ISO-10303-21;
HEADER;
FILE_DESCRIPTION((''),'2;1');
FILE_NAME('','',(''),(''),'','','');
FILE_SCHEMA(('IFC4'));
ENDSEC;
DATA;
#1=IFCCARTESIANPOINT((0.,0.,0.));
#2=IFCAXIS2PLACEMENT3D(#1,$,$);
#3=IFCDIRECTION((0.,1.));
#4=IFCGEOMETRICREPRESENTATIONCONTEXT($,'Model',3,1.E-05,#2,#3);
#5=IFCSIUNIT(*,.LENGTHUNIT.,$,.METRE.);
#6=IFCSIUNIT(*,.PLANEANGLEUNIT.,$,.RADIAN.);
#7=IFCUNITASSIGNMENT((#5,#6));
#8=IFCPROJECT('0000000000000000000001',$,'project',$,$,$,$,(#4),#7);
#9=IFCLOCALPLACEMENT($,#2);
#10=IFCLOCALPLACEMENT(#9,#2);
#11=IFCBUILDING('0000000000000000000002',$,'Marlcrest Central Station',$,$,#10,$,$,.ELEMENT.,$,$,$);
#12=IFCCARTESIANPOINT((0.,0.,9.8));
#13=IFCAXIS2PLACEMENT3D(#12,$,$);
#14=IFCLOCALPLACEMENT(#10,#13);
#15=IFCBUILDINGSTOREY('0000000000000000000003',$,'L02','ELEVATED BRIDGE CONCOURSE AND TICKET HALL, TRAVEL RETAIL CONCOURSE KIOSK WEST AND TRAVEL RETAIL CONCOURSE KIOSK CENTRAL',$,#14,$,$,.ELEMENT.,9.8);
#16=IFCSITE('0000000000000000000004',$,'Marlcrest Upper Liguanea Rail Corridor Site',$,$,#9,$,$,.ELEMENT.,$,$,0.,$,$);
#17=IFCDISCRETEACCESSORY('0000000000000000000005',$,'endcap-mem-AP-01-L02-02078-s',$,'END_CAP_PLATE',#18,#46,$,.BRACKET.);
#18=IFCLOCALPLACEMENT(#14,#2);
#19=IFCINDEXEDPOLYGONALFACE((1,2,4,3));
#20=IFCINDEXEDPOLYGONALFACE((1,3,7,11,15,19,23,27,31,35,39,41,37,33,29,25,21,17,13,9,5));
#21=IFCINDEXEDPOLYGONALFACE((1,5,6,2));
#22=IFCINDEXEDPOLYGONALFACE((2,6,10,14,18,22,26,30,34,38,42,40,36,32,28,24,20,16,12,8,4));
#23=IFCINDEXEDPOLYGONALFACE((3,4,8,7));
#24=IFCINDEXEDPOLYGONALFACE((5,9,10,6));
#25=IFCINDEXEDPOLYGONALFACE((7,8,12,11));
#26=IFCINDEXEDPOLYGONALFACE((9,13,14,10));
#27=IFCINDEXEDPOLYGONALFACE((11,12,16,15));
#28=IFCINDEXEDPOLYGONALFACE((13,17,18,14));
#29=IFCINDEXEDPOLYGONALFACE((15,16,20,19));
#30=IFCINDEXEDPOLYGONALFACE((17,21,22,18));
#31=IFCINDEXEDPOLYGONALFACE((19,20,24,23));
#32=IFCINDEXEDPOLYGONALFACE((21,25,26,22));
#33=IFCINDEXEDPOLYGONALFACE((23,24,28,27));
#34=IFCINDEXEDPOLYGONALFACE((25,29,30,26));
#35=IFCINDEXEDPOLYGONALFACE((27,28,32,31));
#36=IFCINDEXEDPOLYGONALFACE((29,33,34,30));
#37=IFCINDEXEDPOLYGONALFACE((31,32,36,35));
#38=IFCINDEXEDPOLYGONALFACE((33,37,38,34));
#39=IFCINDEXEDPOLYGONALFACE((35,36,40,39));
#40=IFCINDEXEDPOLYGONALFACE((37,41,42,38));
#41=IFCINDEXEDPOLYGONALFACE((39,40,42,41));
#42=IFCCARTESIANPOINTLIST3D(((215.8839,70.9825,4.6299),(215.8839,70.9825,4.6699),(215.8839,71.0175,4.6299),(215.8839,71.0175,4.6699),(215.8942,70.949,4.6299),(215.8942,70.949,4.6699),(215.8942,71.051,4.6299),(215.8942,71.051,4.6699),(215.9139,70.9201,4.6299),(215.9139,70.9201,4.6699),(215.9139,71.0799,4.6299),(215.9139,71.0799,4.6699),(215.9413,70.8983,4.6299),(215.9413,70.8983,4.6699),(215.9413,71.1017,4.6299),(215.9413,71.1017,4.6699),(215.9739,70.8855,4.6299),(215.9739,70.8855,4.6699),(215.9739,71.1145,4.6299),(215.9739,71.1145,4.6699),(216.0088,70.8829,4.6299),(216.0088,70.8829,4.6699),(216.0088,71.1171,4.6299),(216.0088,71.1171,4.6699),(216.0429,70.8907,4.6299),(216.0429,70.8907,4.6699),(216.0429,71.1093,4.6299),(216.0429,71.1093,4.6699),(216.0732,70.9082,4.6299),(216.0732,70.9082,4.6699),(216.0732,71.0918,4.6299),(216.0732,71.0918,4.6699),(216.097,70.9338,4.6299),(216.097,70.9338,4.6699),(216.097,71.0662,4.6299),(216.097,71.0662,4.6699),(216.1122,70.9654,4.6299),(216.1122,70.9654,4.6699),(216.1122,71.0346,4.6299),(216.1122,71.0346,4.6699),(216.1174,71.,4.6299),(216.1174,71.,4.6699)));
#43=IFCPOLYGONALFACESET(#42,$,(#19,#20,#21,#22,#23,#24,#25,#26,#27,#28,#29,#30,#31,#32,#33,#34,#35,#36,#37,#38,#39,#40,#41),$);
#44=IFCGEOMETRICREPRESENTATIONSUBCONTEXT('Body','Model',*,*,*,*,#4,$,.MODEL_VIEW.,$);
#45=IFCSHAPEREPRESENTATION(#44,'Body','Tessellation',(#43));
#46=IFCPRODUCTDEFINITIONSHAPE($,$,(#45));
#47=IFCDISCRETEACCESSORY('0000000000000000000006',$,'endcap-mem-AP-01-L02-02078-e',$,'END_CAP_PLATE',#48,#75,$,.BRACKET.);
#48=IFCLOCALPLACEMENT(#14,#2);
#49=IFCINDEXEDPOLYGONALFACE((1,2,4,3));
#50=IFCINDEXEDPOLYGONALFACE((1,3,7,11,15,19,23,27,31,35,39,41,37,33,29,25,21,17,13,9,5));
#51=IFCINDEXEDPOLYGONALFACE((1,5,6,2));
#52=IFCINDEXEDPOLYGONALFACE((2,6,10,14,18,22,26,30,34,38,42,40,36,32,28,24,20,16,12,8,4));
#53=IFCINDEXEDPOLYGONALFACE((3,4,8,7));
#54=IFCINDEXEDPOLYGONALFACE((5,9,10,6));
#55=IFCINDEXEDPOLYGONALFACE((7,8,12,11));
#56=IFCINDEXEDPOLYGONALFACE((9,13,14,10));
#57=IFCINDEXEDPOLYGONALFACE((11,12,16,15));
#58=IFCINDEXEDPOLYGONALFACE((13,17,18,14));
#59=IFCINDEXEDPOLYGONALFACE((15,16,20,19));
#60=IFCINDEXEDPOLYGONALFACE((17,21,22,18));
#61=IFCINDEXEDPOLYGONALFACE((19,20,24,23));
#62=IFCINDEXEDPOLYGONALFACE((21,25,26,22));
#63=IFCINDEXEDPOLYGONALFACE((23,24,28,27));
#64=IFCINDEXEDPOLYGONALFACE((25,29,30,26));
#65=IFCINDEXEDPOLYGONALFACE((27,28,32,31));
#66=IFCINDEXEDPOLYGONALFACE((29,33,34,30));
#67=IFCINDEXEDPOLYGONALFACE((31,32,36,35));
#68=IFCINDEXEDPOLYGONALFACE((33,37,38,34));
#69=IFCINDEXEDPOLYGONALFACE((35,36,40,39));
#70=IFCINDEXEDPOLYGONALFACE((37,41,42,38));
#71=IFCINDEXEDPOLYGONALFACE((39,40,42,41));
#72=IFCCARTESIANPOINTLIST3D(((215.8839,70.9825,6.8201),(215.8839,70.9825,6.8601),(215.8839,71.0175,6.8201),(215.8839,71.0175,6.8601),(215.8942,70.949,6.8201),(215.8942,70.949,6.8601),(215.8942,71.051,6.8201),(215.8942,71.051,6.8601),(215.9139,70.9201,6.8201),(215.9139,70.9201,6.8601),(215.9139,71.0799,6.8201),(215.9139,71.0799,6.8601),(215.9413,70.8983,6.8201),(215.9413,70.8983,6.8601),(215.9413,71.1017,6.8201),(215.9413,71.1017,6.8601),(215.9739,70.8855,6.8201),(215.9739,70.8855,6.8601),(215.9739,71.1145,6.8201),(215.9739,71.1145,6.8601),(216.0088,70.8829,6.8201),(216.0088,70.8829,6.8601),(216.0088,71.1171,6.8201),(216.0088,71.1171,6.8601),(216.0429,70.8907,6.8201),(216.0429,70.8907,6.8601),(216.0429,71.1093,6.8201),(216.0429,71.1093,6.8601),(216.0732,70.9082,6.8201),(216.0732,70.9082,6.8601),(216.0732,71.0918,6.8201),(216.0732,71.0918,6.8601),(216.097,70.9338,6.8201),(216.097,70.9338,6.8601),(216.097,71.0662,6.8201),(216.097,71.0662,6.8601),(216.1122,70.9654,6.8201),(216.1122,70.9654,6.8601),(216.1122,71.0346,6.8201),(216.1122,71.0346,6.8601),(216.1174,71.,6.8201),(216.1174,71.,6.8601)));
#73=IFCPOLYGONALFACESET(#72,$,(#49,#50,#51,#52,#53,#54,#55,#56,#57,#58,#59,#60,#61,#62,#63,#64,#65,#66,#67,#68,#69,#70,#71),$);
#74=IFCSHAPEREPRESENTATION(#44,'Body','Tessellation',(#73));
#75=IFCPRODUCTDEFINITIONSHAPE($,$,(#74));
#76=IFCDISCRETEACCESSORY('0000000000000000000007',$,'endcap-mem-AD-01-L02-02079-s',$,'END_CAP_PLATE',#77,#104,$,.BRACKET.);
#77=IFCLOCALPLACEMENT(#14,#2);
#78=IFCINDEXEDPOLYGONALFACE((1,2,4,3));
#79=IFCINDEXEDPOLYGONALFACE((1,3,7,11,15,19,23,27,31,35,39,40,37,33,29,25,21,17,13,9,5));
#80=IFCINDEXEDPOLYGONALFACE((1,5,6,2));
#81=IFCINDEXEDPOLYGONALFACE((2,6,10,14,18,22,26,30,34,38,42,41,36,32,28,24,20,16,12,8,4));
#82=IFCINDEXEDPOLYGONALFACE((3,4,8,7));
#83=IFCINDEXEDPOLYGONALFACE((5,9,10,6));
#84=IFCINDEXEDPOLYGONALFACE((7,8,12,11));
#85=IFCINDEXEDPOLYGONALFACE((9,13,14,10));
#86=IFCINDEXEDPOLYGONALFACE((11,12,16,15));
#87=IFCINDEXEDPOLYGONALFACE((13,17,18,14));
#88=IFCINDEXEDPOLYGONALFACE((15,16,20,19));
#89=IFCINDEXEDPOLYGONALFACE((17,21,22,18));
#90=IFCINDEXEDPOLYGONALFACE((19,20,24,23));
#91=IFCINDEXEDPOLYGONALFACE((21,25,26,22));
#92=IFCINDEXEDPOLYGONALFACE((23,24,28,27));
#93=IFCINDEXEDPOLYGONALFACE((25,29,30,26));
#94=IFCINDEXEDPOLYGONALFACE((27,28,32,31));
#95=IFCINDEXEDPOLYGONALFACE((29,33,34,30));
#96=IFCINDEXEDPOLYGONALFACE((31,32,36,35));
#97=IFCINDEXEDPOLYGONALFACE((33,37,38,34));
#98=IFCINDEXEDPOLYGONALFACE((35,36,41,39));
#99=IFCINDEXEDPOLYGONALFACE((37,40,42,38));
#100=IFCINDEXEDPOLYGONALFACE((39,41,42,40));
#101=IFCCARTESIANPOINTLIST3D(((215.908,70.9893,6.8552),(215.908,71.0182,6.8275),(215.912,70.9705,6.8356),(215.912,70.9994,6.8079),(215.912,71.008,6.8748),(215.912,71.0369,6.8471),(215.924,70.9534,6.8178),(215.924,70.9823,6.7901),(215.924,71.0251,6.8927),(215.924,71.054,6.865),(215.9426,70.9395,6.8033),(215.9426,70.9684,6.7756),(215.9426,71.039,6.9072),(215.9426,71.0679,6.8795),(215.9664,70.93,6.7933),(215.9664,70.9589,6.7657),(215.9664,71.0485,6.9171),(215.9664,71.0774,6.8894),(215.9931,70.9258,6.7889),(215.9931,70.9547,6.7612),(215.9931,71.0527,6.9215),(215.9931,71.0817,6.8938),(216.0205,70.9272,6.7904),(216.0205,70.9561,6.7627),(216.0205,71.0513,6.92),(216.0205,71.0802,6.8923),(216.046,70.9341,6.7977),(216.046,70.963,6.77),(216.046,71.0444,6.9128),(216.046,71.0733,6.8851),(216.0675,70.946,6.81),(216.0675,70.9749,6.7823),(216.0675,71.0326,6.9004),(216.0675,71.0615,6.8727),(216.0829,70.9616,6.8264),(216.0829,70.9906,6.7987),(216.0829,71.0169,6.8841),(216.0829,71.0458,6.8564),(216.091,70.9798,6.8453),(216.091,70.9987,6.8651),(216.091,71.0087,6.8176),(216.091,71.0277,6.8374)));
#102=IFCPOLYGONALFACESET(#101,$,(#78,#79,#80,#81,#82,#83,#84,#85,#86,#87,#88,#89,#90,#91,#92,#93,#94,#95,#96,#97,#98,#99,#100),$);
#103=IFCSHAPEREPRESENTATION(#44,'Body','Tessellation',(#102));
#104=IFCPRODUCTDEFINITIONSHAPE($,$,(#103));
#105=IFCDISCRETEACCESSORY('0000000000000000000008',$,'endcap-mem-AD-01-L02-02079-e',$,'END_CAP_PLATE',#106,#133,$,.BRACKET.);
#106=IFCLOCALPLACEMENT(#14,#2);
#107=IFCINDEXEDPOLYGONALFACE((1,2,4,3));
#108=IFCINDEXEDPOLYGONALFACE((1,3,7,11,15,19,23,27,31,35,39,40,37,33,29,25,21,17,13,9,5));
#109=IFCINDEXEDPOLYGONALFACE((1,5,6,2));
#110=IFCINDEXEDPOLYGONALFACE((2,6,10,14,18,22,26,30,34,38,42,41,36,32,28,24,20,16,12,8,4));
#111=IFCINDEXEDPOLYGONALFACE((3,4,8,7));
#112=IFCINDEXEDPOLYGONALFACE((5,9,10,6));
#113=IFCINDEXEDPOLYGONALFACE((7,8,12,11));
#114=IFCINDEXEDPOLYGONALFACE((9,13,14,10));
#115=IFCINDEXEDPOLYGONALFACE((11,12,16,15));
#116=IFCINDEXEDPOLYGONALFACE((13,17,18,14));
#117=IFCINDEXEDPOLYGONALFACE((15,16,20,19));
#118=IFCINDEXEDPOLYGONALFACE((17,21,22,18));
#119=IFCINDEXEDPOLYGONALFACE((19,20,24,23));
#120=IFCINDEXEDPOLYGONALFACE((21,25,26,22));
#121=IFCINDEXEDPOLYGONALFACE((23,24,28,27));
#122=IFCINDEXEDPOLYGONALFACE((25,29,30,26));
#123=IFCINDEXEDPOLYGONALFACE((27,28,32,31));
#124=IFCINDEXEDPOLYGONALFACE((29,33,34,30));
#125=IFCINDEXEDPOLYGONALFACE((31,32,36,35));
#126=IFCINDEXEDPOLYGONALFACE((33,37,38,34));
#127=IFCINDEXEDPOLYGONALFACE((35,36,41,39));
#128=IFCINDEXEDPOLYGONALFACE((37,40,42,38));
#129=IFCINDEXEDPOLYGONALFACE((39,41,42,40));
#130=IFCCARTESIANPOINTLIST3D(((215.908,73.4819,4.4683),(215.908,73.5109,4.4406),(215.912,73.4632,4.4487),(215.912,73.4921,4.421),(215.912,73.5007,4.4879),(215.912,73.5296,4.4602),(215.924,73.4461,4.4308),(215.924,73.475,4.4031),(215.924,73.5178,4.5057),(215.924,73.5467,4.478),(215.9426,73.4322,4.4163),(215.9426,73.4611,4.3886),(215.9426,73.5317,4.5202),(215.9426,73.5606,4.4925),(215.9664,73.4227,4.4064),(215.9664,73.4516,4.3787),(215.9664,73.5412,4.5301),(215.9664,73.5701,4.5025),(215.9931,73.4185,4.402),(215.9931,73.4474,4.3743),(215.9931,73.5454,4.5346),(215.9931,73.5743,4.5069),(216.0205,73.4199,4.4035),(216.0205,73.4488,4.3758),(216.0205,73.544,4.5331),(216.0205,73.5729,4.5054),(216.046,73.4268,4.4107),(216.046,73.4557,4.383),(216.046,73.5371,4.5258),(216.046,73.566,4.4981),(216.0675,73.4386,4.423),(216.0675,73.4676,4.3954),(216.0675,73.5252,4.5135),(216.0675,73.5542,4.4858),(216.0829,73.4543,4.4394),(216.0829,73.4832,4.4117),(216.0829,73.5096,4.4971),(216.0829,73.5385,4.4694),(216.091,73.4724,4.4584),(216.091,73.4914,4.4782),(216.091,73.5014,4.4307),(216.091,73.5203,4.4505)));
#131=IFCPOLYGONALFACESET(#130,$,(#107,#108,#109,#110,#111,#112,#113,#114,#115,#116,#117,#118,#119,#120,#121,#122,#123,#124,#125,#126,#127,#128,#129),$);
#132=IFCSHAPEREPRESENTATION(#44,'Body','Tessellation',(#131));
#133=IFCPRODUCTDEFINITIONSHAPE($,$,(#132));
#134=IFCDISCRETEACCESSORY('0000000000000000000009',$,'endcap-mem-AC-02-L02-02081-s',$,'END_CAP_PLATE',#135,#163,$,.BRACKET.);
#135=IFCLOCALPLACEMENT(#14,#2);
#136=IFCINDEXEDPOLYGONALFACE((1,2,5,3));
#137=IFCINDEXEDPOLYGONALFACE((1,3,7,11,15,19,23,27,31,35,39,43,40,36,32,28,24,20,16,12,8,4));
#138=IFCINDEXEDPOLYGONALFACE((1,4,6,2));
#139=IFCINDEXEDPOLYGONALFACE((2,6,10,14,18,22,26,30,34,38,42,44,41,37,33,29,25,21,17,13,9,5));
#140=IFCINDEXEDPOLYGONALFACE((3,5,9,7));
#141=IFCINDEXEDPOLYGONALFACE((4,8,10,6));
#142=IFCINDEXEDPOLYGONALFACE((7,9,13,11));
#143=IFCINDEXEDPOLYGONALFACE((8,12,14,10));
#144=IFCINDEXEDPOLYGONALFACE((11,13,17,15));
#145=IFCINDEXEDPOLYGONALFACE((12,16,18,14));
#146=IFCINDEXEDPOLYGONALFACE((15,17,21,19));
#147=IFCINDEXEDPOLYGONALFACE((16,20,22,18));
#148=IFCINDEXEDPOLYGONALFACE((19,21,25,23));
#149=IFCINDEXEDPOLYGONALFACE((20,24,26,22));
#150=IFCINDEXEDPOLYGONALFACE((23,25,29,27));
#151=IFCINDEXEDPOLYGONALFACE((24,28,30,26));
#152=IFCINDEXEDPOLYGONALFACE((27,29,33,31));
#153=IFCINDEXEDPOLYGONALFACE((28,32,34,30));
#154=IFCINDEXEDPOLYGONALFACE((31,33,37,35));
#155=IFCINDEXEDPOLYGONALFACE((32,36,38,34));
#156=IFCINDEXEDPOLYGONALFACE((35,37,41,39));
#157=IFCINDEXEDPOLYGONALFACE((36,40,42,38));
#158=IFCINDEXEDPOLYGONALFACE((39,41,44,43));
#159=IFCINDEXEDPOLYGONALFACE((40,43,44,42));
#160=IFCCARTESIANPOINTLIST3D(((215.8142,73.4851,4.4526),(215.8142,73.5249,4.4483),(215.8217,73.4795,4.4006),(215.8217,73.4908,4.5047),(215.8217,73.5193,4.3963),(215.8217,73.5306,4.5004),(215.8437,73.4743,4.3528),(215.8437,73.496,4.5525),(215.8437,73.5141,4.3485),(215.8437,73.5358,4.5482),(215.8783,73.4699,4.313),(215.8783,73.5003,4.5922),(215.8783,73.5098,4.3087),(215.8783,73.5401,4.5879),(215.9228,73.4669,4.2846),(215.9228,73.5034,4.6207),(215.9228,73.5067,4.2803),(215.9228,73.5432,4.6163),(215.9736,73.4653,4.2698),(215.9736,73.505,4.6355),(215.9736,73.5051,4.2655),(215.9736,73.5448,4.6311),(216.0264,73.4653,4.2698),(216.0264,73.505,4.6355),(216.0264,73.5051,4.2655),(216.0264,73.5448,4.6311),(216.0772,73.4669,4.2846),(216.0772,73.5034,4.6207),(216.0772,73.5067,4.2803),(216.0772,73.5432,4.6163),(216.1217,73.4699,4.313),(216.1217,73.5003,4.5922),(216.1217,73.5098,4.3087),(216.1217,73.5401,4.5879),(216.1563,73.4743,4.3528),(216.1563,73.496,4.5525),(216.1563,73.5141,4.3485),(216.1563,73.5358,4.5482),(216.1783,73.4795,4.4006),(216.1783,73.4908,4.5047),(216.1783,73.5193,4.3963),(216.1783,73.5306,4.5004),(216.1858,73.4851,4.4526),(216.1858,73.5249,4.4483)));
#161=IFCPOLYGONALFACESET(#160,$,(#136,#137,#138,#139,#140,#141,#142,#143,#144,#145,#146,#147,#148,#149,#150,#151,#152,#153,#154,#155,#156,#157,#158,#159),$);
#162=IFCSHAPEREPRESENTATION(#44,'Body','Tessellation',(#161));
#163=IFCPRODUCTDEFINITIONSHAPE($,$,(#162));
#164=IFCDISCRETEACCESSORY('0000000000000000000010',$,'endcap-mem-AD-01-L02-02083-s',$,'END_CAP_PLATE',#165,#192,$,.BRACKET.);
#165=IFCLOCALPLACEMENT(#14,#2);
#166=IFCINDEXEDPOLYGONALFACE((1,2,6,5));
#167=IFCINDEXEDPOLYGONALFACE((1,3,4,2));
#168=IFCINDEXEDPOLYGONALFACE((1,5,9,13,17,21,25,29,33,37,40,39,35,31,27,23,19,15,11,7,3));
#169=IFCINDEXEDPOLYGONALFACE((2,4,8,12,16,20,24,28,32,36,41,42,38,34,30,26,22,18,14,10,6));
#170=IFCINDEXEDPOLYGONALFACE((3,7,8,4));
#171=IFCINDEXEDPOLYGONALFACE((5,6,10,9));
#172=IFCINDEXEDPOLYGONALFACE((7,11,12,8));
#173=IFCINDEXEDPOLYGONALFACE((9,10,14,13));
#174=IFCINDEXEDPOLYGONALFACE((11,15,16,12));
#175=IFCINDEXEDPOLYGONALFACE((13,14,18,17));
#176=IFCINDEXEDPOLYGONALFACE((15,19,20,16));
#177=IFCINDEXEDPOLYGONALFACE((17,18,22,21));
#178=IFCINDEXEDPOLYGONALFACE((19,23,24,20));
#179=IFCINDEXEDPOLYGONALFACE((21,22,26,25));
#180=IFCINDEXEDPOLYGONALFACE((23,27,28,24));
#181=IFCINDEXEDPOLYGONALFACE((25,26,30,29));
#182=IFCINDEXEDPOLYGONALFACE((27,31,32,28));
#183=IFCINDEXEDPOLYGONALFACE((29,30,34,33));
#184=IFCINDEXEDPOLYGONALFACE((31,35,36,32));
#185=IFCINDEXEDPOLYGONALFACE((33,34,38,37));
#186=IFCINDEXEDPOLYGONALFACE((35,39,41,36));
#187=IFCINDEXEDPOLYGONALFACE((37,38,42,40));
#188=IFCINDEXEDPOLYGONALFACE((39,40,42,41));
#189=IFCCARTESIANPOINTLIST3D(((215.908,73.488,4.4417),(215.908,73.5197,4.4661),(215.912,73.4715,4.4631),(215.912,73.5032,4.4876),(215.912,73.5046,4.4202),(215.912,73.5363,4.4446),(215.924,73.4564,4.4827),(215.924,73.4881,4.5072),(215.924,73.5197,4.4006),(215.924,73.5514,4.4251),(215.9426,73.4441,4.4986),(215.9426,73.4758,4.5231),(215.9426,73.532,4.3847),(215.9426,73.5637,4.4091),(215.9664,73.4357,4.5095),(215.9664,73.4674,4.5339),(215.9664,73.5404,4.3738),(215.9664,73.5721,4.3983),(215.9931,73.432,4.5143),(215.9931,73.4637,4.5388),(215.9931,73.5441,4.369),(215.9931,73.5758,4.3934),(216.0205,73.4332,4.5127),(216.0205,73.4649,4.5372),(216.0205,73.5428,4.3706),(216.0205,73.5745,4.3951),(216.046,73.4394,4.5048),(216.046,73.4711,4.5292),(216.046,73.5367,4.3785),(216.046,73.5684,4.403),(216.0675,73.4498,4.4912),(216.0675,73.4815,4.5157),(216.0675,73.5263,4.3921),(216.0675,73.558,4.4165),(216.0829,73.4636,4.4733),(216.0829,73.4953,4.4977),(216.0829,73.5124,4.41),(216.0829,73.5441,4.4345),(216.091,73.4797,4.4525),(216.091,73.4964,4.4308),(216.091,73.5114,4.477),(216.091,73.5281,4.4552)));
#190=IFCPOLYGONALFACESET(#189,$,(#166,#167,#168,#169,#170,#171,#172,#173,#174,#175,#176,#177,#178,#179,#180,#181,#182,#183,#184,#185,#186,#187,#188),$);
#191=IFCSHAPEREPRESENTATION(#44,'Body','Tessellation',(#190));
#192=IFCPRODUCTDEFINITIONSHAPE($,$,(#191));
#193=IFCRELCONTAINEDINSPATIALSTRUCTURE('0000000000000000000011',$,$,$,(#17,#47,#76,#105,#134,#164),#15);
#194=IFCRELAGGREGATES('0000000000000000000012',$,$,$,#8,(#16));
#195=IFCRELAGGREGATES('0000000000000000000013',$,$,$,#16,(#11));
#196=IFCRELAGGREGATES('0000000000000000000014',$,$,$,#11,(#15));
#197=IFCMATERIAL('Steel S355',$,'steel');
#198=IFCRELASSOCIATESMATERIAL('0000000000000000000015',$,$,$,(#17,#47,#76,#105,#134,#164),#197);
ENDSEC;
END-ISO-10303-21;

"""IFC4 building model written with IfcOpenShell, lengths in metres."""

from ifc_helpers import new_model, si_unit, direction, frame, origin, origin_2d, place, context, subcontext, project, spatial, circle, extrude, material, element, save


model = new_model("IFC4")

# Units and contexts
model_context = context("Model", 3, precision=1e-05, world=origin(), true_north=direction((0.0, 1.0)))
body_context = subcontext(model_context, "Body", "Model", "MODEL_VIEW")
ifc_project = project(units=[si_unit("LENGTHUNIT", "METRE"), si_unit("PLANEANGLEUNIT", "RADIAN")], contexts=[model_context])

# Site, building, storey
site_placement = place(None, origin())
site = spatial("IfcSite", under=ifc_project, at=site_placement, Name="Marlcrest Upper Liguanea Rail Corridor Site", CompositionType="ELEMENT", RefElevation=0.0)
building_placement = place(site_placement, origin())
building = spatial("IfcBuilding", under=site, at=building_placement, Name="Marlcrest Central Station", CompositionType="ELEMENT")
storey_placement = place(building_placement, frame((0.0, 0.0, 9.8)))
storey = spatial("IfcBuildingStorey", under=building, at=storey_placement, Name="L02", Description="ELEVATED BRIDGE CONCOURSE AND TICKET HALL, TRAVEL RETAIL CONCOURSE KIOSK WEST AND TRAVEL RETAIL CONCOURSE KIOSK CENTRAL", CompositionType="ELEMENT", Elevation=9.8)

# Shared definitions
ifc_material = material(Name="Steel S355", Category="steel")

# Discrete accessories
for number, where, z_axis, x_axis, name in (
    (1, (216.0, 71.0, 4.6299), (0.0, 0.0, 1.0), (1.0, 0.0, 0.0), "endcap-mem-AP-01-L02-02078-s"),
    (2, (216.0, 71.0, 6.8201), (0.0, 0.0, 1.0), (1.0, 0.0, 0.0), "endcap-mem-AP-01-L02-02078-e"),
):
    element("IfcDiscreteAccessory", number, at=place(storey_placement, frame(where, z_axis=z_axis, x_axis=x_axis)), inside=storey, material=ifc_material, Name=name, ObjectType="END_CAP_PLATE", PredefinedType="BRACKET", context=body_context, shape_type="SweptSolid", body=[
        extrude(circle(Radius=0.1174, at=origin_2d()), origin(), (0.0, 0.0, 1.0), 0.04),
    ])
for number, where, z_axis, x_axis, name in (
    (3, (216.0, 70.9893, 6.8552), (0.0, 0.722247, -0.691636), (-1.0, 0.0, 0.0), "endcap-mem-AD-01-L02-02079-s"),
    (4, (216.0, 73.4819, 4.4683), (0.0, 0.722247, -0.691636), (-1.0, 0.0, 0.0), "endcap-mem-AD-01-L02-02079-e"),
):
    element("IfcDiscreteAccessory", number, at=place(storey_placement, frame(where, z_axis=z_axis, x_axis=x_axis)), inside=storey, material=ifc_material, Name=name, ObjectType="END_CAP_PLATE", PredefinedType="BRACKET", context=body_context, shape_type="SweptSolid", body=[
        extrude(circle(Radius=0.092, at=origin_2d()), origin(), (0.0, 0.0, 1.0), 0.04),
    ])
discrete_accessory_1_placement = place(storey_placement, frame((216.0, 73.4851, 4.4526), z_axis=(0.0, 0.994155, -0.107959), x_axis=(-1.0, 0.0, 0.0)))
element("IfcDiscreteAccessory", 5, at=discrete_accessory_1_placement, inside=storey, material=ifc_material, Name="endcap-mem-AC-02-L02-02081-s", ObjectType="END_CAP_PLATE", PredefinedType="BRACKET", context=body_context, shape_type="SweptSolid", body=[
    extrude(circle(Radius=0.1858, at=origin_2d()), origin(), (0.0, 0.0, 1.0), 0.04),
])
discrete_accessory_2_placement = place(storey_placement, frame((216.0, 73.488, 4.4417), z_axis=(0.0, 0.791798, 0.610783), x_axis=(-1.0, 0.0, 0.0)))
element("IfcDiscreteAccessory", 6, at=discrete_accessory_2_placement, inside=storey, material=ifc_material, Name="endcap-mem-AD-01-L02-02083-s", ObjectType="END_CAP_PLATE", PredefinedType="BRACKET", context=body_context, shape_type="SweptSolid", body=[
    extrude(circle(Radius=0.092, at=origin_2d()), origin(), (0.0, 0.0, 1.0), 0.04),
])

save(model, "model.ifc")
